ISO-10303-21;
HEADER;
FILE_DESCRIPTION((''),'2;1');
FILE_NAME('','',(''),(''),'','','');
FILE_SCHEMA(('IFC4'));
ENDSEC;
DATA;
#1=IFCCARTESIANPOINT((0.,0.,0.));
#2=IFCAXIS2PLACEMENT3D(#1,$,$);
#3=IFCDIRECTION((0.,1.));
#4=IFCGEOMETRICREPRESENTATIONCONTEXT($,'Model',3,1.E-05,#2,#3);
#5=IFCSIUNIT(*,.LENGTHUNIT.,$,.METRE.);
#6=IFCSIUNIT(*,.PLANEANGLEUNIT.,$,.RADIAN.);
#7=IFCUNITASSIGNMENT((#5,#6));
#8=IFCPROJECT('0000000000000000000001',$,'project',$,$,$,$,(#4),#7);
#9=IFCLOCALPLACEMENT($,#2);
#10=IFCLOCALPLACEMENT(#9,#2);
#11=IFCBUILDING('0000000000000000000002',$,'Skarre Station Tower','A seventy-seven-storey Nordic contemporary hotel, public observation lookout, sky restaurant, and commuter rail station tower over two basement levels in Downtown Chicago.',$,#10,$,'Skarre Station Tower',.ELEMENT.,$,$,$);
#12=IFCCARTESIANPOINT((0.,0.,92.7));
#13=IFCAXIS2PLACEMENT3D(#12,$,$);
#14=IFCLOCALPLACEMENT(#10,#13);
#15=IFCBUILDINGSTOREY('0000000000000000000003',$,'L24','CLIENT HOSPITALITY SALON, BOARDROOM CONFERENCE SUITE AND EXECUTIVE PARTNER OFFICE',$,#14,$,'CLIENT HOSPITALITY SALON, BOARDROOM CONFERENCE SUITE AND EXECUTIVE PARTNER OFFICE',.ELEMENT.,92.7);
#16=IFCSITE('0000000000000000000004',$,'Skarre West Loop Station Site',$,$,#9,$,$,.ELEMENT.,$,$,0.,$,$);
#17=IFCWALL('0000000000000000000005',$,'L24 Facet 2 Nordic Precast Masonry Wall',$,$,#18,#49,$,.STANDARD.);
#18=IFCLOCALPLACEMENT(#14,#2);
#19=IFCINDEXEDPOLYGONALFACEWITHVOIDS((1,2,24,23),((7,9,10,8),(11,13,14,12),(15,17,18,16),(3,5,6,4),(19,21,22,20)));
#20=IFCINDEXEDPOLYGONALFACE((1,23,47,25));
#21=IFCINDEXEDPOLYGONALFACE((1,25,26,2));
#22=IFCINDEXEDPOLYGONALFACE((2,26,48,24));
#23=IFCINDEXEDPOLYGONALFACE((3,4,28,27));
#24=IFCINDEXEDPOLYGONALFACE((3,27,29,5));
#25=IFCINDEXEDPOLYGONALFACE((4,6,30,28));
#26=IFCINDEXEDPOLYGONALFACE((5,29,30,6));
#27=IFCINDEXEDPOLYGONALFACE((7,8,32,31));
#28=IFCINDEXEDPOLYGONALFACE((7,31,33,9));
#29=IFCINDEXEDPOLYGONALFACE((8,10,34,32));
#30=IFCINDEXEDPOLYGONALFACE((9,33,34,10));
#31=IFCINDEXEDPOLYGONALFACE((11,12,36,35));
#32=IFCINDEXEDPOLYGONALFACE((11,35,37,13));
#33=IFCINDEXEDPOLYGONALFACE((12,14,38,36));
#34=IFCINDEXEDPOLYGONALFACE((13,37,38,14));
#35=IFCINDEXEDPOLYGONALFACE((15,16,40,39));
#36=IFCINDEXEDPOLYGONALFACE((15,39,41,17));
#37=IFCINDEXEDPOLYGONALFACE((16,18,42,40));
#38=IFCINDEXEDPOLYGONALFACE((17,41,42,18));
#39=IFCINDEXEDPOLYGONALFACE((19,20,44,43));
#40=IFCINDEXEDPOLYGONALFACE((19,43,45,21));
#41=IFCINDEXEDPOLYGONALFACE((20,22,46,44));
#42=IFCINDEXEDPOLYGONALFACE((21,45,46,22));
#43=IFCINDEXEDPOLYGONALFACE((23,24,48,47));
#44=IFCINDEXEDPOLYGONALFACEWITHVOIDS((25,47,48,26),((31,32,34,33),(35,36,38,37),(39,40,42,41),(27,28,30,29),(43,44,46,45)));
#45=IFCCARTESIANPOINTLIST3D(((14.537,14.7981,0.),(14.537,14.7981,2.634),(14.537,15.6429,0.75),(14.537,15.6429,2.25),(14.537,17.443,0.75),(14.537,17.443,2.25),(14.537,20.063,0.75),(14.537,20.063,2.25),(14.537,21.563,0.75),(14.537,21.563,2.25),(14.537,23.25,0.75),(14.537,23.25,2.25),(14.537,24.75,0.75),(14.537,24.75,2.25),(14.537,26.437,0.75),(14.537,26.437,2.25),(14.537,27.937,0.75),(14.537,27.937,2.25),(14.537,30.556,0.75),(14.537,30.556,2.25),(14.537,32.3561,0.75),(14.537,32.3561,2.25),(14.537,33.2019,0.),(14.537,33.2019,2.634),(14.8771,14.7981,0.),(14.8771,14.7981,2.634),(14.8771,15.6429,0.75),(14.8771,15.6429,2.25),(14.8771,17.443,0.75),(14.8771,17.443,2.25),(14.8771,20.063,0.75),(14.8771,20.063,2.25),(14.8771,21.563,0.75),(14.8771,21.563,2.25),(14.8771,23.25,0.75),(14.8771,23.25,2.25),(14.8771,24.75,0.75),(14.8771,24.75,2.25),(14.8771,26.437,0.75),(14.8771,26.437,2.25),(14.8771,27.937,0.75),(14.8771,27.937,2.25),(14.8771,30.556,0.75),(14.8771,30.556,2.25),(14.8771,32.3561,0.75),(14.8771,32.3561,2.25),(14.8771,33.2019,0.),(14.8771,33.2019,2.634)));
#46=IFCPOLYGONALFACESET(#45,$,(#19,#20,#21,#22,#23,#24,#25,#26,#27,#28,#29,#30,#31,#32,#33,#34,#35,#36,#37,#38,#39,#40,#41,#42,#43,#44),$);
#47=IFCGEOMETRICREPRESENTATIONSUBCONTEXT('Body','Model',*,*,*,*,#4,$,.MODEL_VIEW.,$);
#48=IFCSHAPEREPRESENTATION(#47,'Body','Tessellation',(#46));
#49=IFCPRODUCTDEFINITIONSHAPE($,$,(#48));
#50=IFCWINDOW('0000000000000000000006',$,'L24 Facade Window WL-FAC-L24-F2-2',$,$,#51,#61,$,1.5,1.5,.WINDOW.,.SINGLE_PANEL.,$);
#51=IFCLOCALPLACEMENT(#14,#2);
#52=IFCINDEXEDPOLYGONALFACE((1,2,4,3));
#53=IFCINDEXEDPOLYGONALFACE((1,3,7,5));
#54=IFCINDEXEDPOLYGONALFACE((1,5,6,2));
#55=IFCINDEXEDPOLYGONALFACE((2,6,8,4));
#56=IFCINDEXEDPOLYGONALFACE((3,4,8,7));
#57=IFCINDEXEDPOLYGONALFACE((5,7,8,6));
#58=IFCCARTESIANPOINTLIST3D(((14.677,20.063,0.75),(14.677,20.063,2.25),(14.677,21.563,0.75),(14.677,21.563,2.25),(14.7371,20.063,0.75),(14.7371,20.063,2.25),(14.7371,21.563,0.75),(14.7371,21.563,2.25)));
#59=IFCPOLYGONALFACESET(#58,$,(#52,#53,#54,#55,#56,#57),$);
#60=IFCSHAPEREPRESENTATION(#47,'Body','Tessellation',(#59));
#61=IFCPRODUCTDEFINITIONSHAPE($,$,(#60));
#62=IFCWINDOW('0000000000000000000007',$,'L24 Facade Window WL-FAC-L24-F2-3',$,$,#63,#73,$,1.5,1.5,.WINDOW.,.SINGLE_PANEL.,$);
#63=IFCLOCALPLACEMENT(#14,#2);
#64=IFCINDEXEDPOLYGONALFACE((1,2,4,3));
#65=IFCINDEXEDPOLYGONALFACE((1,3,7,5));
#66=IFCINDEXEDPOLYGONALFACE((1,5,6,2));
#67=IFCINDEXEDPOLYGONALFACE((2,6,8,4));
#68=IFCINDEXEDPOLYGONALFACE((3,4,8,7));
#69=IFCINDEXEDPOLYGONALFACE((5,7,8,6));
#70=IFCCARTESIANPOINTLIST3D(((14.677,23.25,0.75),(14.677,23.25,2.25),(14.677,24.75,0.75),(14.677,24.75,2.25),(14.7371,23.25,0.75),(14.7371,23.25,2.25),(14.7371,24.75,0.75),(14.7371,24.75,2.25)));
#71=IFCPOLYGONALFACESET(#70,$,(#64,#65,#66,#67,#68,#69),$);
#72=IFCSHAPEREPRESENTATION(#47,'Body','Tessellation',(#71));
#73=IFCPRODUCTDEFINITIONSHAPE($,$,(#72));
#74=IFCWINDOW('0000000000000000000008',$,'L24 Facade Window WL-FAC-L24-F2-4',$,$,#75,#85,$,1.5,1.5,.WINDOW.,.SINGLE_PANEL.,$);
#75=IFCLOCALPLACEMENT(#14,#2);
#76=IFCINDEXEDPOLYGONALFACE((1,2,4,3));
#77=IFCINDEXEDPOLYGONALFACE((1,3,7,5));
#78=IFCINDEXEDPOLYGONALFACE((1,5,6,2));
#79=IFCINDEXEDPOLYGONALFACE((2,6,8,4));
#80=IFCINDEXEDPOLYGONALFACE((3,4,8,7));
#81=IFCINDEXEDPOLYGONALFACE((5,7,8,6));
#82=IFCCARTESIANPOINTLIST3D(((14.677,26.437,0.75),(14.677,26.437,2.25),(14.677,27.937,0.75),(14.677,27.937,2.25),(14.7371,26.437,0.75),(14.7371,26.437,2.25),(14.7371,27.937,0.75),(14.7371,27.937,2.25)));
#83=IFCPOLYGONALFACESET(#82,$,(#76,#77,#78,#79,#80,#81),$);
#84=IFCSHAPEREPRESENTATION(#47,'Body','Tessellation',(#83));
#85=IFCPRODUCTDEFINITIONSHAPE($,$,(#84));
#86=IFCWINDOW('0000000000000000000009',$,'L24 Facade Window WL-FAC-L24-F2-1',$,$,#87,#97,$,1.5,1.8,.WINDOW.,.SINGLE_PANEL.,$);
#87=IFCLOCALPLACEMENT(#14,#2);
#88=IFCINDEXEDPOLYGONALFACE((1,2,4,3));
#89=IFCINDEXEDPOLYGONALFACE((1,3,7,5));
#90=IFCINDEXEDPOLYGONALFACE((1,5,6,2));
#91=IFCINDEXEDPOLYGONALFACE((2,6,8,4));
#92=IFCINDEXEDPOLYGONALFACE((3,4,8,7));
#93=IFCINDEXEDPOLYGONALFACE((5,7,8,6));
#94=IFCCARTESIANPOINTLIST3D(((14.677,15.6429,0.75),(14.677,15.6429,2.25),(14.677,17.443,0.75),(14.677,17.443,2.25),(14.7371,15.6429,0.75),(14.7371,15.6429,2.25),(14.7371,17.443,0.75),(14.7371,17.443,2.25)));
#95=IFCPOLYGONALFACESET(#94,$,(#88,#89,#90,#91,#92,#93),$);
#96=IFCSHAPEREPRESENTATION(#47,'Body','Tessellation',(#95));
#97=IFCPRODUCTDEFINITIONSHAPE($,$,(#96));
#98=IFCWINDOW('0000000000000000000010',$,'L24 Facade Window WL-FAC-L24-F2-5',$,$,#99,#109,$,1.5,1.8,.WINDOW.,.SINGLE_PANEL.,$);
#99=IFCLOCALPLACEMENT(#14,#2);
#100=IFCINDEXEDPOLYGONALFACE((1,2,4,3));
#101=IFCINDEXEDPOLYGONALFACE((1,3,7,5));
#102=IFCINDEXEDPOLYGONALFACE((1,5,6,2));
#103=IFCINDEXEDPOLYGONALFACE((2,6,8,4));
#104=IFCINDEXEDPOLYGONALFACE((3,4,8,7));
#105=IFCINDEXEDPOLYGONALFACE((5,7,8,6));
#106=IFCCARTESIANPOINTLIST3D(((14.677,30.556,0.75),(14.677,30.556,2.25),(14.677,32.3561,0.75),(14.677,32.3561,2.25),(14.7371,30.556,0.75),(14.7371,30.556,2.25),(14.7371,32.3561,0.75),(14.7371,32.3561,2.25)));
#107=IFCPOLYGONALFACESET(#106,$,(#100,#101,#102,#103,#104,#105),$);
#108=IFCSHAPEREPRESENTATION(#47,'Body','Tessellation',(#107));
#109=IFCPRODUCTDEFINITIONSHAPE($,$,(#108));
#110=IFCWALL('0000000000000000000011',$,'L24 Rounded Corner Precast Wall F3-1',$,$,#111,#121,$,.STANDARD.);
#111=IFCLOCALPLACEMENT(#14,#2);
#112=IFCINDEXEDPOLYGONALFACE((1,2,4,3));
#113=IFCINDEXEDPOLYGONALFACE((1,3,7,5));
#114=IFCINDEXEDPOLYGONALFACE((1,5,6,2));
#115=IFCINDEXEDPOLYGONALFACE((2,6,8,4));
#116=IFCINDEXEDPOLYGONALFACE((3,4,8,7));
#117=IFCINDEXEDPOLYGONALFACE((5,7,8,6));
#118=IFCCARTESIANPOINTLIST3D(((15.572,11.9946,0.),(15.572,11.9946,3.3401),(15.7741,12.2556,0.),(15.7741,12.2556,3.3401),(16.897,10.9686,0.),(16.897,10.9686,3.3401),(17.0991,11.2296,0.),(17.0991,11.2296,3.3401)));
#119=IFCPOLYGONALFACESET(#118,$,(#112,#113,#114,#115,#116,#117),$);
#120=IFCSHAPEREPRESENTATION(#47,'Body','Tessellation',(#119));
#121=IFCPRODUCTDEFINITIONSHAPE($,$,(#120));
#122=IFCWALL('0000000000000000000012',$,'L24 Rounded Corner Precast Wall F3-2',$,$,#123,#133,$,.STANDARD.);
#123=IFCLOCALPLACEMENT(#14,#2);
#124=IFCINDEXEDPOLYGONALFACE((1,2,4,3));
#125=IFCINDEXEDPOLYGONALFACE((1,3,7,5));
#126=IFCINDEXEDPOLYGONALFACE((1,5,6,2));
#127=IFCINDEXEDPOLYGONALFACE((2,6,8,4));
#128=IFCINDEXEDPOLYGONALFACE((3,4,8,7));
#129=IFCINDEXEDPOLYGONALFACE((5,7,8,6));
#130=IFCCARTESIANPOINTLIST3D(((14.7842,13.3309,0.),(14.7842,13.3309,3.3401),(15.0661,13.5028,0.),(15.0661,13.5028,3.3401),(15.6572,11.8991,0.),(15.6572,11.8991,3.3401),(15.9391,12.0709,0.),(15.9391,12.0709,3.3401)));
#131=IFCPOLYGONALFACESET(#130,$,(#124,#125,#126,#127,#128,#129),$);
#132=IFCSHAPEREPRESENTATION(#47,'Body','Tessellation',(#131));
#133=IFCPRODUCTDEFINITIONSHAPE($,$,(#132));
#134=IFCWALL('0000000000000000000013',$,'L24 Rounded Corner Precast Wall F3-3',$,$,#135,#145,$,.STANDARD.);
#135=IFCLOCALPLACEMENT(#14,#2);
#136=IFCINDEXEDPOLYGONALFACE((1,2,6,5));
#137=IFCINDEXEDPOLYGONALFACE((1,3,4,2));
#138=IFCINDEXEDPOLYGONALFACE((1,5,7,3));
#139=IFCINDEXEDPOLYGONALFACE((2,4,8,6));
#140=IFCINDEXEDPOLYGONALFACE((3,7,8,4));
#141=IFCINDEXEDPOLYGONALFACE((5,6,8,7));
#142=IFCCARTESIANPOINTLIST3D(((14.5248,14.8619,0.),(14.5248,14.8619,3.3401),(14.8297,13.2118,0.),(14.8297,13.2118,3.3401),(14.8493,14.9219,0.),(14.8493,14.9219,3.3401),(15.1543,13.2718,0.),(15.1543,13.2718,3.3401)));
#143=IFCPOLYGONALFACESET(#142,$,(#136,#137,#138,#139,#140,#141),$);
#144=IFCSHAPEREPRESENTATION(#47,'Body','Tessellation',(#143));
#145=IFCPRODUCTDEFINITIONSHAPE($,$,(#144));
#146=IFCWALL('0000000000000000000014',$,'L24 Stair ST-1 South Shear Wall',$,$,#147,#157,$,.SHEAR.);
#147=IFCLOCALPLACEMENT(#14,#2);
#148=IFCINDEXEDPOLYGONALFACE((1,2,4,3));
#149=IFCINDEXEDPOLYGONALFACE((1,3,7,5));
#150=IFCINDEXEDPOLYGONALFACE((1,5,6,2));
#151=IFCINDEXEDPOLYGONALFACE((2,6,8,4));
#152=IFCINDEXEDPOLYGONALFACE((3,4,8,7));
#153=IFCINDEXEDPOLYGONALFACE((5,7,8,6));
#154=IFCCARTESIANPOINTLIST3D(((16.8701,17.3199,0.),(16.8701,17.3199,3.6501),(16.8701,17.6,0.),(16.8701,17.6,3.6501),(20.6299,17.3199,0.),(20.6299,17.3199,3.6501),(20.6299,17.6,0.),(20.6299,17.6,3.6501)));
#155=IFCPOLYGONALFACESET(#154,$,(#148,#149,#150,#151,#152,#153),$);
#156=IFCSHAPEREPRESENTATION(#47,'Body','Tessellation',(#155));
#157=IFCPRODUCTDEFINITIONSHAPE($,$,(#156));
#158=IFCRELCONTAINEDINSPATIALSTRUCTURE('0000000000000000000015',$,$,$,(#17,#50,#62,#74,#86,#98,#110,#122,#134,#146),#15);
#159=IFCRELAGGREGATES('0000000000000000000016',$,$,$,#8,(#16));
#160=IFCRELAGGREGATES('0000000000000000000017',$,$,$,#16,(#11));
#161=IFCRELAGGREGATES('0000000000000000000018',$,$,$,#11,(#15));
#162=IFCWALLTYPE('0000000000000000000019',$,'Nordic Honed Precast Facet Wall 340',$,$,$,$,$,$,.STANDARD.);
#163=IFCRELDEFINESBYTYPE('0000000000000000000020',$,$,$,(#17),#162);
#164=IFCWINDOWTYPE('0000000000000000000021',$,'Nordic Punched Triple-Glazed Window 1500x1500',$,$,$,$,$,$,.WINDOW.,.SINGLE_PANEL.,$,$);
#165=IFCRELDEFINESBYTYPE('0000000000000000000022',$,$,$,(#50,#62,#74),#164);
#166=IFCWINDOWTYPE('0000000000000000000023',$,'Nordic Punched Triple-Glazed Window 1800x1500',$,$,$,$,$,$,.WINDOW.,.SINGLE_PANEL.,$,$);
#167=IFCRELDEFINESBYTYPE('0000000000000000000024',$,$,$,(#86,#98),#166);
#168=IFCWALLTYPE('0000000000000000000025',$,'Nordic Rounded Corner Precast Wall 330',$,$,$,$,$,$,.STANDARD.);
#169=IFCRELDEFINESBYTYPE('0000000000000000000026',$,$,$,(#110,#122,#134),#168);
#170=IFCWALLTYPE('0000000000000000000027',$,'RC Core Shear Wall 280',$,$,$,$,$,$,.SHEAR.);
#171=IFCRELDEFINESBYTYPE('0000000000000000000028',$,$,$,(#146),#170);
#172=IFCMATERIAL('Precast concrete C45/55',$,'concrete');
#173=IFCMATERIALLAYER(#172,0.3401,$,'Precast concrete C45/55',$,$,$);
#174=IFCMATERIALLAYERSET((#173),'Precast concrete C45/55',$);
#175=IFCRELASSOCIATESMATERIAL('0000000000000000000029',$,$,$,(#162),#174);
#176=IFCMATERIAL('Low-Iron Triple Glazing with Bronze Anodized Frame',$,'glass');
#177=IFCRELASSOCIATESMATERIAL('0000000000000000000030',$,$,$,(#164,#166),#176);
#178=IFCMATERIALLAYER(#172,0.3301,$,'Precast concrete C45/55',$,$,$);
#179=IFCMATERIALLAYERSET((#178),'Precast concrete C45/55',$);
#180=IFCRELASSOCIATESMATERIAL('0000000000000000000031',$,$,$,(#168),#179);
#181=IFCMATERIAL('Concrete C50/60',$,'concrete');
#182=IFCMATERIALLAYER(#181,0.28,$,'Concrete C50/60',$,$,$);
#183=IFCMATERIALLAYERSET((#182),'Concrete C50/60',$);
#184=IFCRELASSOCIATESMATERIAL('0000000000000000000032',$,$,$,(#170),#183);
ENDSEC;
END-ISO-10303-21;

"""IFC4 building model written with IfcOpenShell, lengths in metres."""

from ifc_helpers import new_model, si_unit, direction, frame, frame_2d, origin, place, context, subcontext, project, spatial, rectangle, extrude, material, layer, layer_set, type_object, element, fill, save


model = new_model("IFC4")

# Units and contexts
model_context = context("Model", 3, precision=1e-05, world=origin(), true_north=direction((0.0, 1.0)))
body_context = subcontext(model_context, "Body", "Model", "MODEL_VIEW")
ifc_project = project(units=[si_unit("LENGTHUNIT", "METRE"), si_unit("PLANEANGLEUNIT", "RADIAN")], contexts=[model_context])

# Site, building, storey
site_placement = place(None, origin())
site = spatial("IfcSite", under=ifc_project, at=site_placement, Name="Skarre West Loop Station Site", CompositionType="ELEMENT", RefElevation=0.0)
building_placement = place(site_placement, origin())
building = spatial("IfcBuilding", under=site, at=building_placement, Name="Skarre Station Tower", Description="A seventy-seven-storey Nordic contemporary hotel, public observation lookout, sky restaurant, and commuter rail station tower over two basement levels in Downtown Chicago.", LongName="Skarre Station Tower", CompositionType="ELEMENT")
storey_placement = place(building_placement, frame((0.0, 0.0, 92.7)))
storey = spatial("IfcBuildingStorey", under=building, at=storey_placement, Name="L24", Description="CLIENT HOSPITALITY SALON, BOARDROOM CONFERENCE SUITE AND EXECUTIVE PARTNER OFFICE", LongName="CLIENT HOSPITALITY SALON, BOARDROOM CONFERENCE SUITE AND EXECUTIVE PARTNER OFFICE", CompositionType="ELEMENT", Elevation=92.7)

# Shared definitions
ifc_material_1 = material(Name="Concrete C50/60", Category="concrete")

# Wall, openings, windows
ifc_material_2 = material(Name="Precast concrete C45/55", Category="concrete")
ifc_layer_1 = layer(ifc_material_2, 0.3401, Name="Precast concrete C45/55")
ifc_layer_set_1 = layer_set([ifc_layer_1], Name="Precast concrete C45/55")
wall_type_1 = type_object("IfcWallType", Name="Nordic Honed Precast Facet Wall 340", PredefinedType="STANDARD", material=ifc_layer_set_1)
wall_1_placement = place(storey_placement, frame((14.707, 14.7981, 0.0), z_axis=(0.0, 0.0, 1.0), x_axis=(0.0, 1.0, 0.0)))
wall_1 = element("IfcWall", 1, at=wall_1_placement, inside=storey, type_object=wall_type_1, Name="L24 Facet 2 Nordic Precast Masonry Wall", PredefinedType="STANDARD", context=body_context, shape_type="SweptSolid", body=[
    extrude(rectangle(XDim=18.4038, YDim=0.3401, at=frame_2d((9.2019, 0.0))), origin(), (0.0, 0.0, 1.0), 2.634),
])
opening_1_placement = place(wall_1_placement, frame((0.845, 0.0, 0.75)))
opening_1 = element("IfcOpeningElement", 2, at=opening_1_placement, cuts=wall_1, PredefinedType="OPENING", context=body_context, shape_type="SweptSolid", body=[
    extrude(rectangle(XDim=1.8, YDim=1.5, at=frame_2d((0.8999, 0.75))), frame((0.0, 0.1799, 0.0), z_axis=(0.0, -1.0, 0.0), x_axis=(1.0, 0.0, 0.0)), (0.0, 0.0, 1.0), 0.3601),
])
opening_2_placement = place(wall_1_placement, frame((5.2649, 0.0, 0.75)))
opening_2 = element("IfcOpeningElement", 3, at=opening_2_placement, cuts=wall_1, PredefinedType="OPENING", context=body_context, shape_type="SweptSolid", body=[
    extrude(rectangle(XDim=1.5, YDim=1.5, at=frame_2d((0.75, 0.75))), frame((0.0, 0.1799, 0.0), z_axis=(0.0, -1.0, 0.0), x_axis=(1.0, 0.0, 0.0)), (0.0, 0.0, 1.0), 0.3601),
])
opening_3_placement = place(wall_1_placement, frame((8.4519, 0.0, 0.75)))
opening_3 = element("IfcOpeningElement", 4, at=opening_3_placement, cuts=wall_1, PredefinedType="OPENING", context=body_context, shape_type="SweptSolid", body=[
    extrude(rectangle(XDim=1.5, YDim=1.5, at=frame_2d((0.75, 0.75))), frame((0.0, 0.1799, 0.0), z_axis=(0.0, -1.0, 0.0), x_axis=(1.0, 0.0, 0.0)), (0.0, 0.0, 1.0), 0.3601),
])
opening_4_placement = place(wall_1_placement, frame((11.6389, 0.0, 0.75)))
opening_4 = element("IfcOpeningElement", 5, at=opening_4_placement, cuts=wall_1, PredefinedType="OPENING", context=body_context, shape_type="SweptSolid", body=[
    extrude(rectangle(XDim=1.5, YDim=1.5, at=frame_2d((0.75, 0.75))), frame((0.0, 0.1799, 0.0), z_axis=(0.0, -1.0, 0.0), x_axis=(1.0, 0.0, 0.0)), (0.0, 0.0, 1.0), 0.3601),
])
opening_5_placement = place(wall_1_placement, frame((15.7581, 0.0, 0.75)))
opening_5 = element("IfcOpeningElement", 6, at=opening_5_placement, cuts=wall_1, PredefinedType="OPENING", context=body_context, shape_type="SweptSolid", body=[
    extrude(rectangle(XDim=1.8, YDim=1.5, at=frame_2d((0.8999, 0.75))), frame((0.0, 0.1799, 0.0), z_axis=(0.0, -1.0, 0.0), x_axis=(1.0, 0.0, 0.0)), (0.0, 0.0, 1.0), 0.3601),
])
ifc_material_3 = material(Name="Low-Iron Triple Glazing with Bronze Anodized Frame", Category="glass")
window_type_1 = type_object("IfcWindowType", Name="Nordic Punched Triple-Glazed Window 1500x1500", PartitioningType="SINGLE_PANEL", PredefinedType="WINDOW", material=ifc_material_3)
window_1_placement = place(opening_2_placement, origin())
window_1 = element("IfcWindow", 7, at=window_1_placement, inside=storey, type_object=window_type_1, Name="L24 Facade Window WL-FAC-L24-F2-2", OverallHeight=1.5, OverallWidth=1.5, PartitioningType="SINGLE_PANEL", PredefinedType="WINDOW", context=body_context, shape_type="SweptSolid", body=[
    extrude(rectangle(XDim=1.5, YDim=1.5, at=frame_2d((0.75, 0.75))), frame((0.0, 0.03, 0.0), z_axis=(0.0, -1.0, 0.0), x_axis=(1.0, 0.0, 0.0)), (0.0, 0.0, 1.0), 0.0601),
])
fill(opening_2, window_1)
window_2_placement = place(opening_3_placement, origin())
window_2 = element("IfcWindow", 8, at=window_2_placement, inside=storey, type_object=window_type_1, Name="L24 Facade Window WL-FAC-L24-F2-3", OverallHeight=1.5, OverallWidth=1.5, PartitioningType="SINGLE_PANEL", PredefinedType="WINDOW", context=body_context, shape_type="SweptSolid", body=[
    extrude(rectangle(XDim=1.5, YDim=1.5, at=frame_2d((0.75, 0.75))), frame((0.0, 0.03, 0.0), z_axis=(0.0, -1.0, 0.0), x_axis=(1.0, 0.0, 0.0)), (0.0, 0.0, 1.0), 0.0601),
])
fill(opening_3, window_2)
window_3_placement = place(opening_4_placement, origin())
window_3 = element("IfcWindow", 9, at=window_3_placement, inside=storey, type_object=window_type_1, Name="L24 Facade Window WL-FAC-L24-F2-4", OverallHeight=1.5, OverallWidth=1.5, PartitioningType="SINGLE_PANEL", PredefinedType="WINDOW", context=body_context, shape_type="SweptSolid", body=[
    extrude(rectangle(XDim=1.5, YDim=1.5, at=frame_2d((0.75, 0.75))), frame((0.0, 0.03, 0.0), z_axis=(0.0, -1.0, 0.0), x_axis=(1.0, 0.0, 0.0)), (0.0, 0.0, 1.0), 0.0601),
])
fill(opening_4, window_3)
window_type_2 = type_object("IfcWindowType", Name="Nordic Punched Triple-Glazed Window 1800x1500", PartitioningType="SINGLE_PANEL", PredefinedType="WINDOW", material=ifc_material_3)
window_4_placement = place(opening_1_placement, origin())
window_4 = element("IfcWindow", 10, at=window_4_placement, inside=storey, type_object=window_type_2, Name="L24 Facade Window WL-FAC-L24-F2-1", OverallHeight=1.5, OverallWidth=1.8, PartitioningType="SINGLE_PANEL", PredefinedType="WINDOW", context=body_context, shape_type="SweptSolid", body=[
    extrude(rectangle(XDim=1.8, YDim=1.5, at=frame_2d((0.8999, 0.75))), frame((0.0, 0.03, 0.0), z_axis=(0.0, -1.0, 0.0), x_axis=(1.0, 0.0, 0.0)), (0.0, 0.0, 1.0), 0.0601),
])
fill(opening_1, window_4)
window_5_placement = place(opening_5_placement, origin())
window_5 = element("IfcWindow", 11, at=window_5_placement, inside=storey, type_object=window_type_2, Name="L24 Facade Window WL-FAC-L24-F2-5", OverallHeight=1.5, OverallWidth=1.8, PartitioningType="SINGLE_PANEL", PredefinedType="WINDOW", context=body_context, shape_type="SweptSolid", body=[
    extrude(rectangle(XDim=1.8, YDim=1.5, at=frame_2d((0.8999, 0.75))), frame((0.0, 0.03, 0.0), z_axis=(0.0, -1.0, 0.0), x_axis=(1.0, 0.0, 0.0)), (0.0, 0.0, 1.0), 0.0601),
])
fill(opening_5, window_5)

# Walls
ifc_layer_2 = layer(ifc_material_2, 0.3301, Name="Precast concrete C45/55")
ifc_layer_set_2 = layer_set([ifc_layer_2], Name="Precast concrete C45/55")
wall_type_2 = type_object("IfcWallType", Name="Nordic Rounded Corner Precast Wall 330", PredefinedType="STANDARD", material=ifc_layer_set_2)
wall_2_placement = place(storey_placement, frame((16.998, 11.0991, 0.0), z_axis=(0.0, 0.0, 1.0), x_axis=(-0.790692, 0.612214, 0.0)))
element("IfcWall", 12, at=wall_2_placement, inside=storey, type_object=wall_type_2, Name="L24 Rounded Corner Precast Wall F3-1", PredefinedType="STANDARD", context=body_context, shape_type="SweptSolid", body=[
    extrude(rectangle(XDim=1.6758, YDim=0.3301, at=frame_2d((0.8379, 0.0))), origin(), (0.0, 0.0, 1.0), 3.3401),
])
wall_3_placement = place(storey_placement, frame((15.7981, 11.9851, 0.0), z_axis=(0.0, 0.0, 1.0), x_axis=(-0.520584, 0.85381, 0.0)))
element("IfcWall", 13, at=wall_3_placement, inside=storey, type_object=wall_type_2, Name="L24 Rounded Corner Precast Wall F3-2", PredefinedType="STANDARD", context=body_context, shape_type="SweptSolid", body=[
    extrude(rectangle(XDim=1.677, YDim=0.3301, at=frame_2d((0.8384, 0.0))), origin(), (0.0, 0.0, 1.0), 3.3401),
])
wall_4_placement = place(storey_placement, frame((14.9919, 13.2419, 0.0), z_axis=(0.0, 0.0, 1.0), x_axis=(-0.181714, 0.983351, 0.0)))
element("IfcWall", 14, at=wall_4_placement, inside=storey, type_object=wall_type_2, Name="L24 Rounded Corner Precast Wall F3-3", PredefinedType="STANDARD", context=body_context, shape_type="SweptSolid", body=[
    extrude(rectangle(XDim=1.678, YDim=0.3301, at=frame_2d((0.8389, 0.0))), origin(), (0.0, 0.0, 1.0), 3.3401),
])
ifc_layer_3 = layer(ifc_material_1, 0.28, Name="Concrete C50/60")
ifc_layer_set_3 = layer_set([ifc_layer_3], Name="Concrete C50/60")
wall_type_3 = type_object("IfcWallType", Name="RC Core Shear Wall 280", PredefinedType="SHEAR", material=ifc_layer_set_3)
wall_5_placement = place(storey_placement, frame((16.8701, 17.46, 0.0), z_axis=(0.0, 0.0, 1.0), x_axis=(1.0, 0.0, 0.0)))
element("IfcWall", 15, at=wall_5_placement, inside=storey, type_object=wall_type_3, Name="L24 Stair ST-1 South Shear Wall", PredefinedType="SHEAR", context=body_context, shape_type="SweptSolid", body=[
    extrude(rectangle(XDim=3.7598, YDim=0.28, at=frame_2d((1.8799, 0.0))), origin(), (0.0, 0.0, 1.0), 3.6501),
])

save(model, "model.ifc")
